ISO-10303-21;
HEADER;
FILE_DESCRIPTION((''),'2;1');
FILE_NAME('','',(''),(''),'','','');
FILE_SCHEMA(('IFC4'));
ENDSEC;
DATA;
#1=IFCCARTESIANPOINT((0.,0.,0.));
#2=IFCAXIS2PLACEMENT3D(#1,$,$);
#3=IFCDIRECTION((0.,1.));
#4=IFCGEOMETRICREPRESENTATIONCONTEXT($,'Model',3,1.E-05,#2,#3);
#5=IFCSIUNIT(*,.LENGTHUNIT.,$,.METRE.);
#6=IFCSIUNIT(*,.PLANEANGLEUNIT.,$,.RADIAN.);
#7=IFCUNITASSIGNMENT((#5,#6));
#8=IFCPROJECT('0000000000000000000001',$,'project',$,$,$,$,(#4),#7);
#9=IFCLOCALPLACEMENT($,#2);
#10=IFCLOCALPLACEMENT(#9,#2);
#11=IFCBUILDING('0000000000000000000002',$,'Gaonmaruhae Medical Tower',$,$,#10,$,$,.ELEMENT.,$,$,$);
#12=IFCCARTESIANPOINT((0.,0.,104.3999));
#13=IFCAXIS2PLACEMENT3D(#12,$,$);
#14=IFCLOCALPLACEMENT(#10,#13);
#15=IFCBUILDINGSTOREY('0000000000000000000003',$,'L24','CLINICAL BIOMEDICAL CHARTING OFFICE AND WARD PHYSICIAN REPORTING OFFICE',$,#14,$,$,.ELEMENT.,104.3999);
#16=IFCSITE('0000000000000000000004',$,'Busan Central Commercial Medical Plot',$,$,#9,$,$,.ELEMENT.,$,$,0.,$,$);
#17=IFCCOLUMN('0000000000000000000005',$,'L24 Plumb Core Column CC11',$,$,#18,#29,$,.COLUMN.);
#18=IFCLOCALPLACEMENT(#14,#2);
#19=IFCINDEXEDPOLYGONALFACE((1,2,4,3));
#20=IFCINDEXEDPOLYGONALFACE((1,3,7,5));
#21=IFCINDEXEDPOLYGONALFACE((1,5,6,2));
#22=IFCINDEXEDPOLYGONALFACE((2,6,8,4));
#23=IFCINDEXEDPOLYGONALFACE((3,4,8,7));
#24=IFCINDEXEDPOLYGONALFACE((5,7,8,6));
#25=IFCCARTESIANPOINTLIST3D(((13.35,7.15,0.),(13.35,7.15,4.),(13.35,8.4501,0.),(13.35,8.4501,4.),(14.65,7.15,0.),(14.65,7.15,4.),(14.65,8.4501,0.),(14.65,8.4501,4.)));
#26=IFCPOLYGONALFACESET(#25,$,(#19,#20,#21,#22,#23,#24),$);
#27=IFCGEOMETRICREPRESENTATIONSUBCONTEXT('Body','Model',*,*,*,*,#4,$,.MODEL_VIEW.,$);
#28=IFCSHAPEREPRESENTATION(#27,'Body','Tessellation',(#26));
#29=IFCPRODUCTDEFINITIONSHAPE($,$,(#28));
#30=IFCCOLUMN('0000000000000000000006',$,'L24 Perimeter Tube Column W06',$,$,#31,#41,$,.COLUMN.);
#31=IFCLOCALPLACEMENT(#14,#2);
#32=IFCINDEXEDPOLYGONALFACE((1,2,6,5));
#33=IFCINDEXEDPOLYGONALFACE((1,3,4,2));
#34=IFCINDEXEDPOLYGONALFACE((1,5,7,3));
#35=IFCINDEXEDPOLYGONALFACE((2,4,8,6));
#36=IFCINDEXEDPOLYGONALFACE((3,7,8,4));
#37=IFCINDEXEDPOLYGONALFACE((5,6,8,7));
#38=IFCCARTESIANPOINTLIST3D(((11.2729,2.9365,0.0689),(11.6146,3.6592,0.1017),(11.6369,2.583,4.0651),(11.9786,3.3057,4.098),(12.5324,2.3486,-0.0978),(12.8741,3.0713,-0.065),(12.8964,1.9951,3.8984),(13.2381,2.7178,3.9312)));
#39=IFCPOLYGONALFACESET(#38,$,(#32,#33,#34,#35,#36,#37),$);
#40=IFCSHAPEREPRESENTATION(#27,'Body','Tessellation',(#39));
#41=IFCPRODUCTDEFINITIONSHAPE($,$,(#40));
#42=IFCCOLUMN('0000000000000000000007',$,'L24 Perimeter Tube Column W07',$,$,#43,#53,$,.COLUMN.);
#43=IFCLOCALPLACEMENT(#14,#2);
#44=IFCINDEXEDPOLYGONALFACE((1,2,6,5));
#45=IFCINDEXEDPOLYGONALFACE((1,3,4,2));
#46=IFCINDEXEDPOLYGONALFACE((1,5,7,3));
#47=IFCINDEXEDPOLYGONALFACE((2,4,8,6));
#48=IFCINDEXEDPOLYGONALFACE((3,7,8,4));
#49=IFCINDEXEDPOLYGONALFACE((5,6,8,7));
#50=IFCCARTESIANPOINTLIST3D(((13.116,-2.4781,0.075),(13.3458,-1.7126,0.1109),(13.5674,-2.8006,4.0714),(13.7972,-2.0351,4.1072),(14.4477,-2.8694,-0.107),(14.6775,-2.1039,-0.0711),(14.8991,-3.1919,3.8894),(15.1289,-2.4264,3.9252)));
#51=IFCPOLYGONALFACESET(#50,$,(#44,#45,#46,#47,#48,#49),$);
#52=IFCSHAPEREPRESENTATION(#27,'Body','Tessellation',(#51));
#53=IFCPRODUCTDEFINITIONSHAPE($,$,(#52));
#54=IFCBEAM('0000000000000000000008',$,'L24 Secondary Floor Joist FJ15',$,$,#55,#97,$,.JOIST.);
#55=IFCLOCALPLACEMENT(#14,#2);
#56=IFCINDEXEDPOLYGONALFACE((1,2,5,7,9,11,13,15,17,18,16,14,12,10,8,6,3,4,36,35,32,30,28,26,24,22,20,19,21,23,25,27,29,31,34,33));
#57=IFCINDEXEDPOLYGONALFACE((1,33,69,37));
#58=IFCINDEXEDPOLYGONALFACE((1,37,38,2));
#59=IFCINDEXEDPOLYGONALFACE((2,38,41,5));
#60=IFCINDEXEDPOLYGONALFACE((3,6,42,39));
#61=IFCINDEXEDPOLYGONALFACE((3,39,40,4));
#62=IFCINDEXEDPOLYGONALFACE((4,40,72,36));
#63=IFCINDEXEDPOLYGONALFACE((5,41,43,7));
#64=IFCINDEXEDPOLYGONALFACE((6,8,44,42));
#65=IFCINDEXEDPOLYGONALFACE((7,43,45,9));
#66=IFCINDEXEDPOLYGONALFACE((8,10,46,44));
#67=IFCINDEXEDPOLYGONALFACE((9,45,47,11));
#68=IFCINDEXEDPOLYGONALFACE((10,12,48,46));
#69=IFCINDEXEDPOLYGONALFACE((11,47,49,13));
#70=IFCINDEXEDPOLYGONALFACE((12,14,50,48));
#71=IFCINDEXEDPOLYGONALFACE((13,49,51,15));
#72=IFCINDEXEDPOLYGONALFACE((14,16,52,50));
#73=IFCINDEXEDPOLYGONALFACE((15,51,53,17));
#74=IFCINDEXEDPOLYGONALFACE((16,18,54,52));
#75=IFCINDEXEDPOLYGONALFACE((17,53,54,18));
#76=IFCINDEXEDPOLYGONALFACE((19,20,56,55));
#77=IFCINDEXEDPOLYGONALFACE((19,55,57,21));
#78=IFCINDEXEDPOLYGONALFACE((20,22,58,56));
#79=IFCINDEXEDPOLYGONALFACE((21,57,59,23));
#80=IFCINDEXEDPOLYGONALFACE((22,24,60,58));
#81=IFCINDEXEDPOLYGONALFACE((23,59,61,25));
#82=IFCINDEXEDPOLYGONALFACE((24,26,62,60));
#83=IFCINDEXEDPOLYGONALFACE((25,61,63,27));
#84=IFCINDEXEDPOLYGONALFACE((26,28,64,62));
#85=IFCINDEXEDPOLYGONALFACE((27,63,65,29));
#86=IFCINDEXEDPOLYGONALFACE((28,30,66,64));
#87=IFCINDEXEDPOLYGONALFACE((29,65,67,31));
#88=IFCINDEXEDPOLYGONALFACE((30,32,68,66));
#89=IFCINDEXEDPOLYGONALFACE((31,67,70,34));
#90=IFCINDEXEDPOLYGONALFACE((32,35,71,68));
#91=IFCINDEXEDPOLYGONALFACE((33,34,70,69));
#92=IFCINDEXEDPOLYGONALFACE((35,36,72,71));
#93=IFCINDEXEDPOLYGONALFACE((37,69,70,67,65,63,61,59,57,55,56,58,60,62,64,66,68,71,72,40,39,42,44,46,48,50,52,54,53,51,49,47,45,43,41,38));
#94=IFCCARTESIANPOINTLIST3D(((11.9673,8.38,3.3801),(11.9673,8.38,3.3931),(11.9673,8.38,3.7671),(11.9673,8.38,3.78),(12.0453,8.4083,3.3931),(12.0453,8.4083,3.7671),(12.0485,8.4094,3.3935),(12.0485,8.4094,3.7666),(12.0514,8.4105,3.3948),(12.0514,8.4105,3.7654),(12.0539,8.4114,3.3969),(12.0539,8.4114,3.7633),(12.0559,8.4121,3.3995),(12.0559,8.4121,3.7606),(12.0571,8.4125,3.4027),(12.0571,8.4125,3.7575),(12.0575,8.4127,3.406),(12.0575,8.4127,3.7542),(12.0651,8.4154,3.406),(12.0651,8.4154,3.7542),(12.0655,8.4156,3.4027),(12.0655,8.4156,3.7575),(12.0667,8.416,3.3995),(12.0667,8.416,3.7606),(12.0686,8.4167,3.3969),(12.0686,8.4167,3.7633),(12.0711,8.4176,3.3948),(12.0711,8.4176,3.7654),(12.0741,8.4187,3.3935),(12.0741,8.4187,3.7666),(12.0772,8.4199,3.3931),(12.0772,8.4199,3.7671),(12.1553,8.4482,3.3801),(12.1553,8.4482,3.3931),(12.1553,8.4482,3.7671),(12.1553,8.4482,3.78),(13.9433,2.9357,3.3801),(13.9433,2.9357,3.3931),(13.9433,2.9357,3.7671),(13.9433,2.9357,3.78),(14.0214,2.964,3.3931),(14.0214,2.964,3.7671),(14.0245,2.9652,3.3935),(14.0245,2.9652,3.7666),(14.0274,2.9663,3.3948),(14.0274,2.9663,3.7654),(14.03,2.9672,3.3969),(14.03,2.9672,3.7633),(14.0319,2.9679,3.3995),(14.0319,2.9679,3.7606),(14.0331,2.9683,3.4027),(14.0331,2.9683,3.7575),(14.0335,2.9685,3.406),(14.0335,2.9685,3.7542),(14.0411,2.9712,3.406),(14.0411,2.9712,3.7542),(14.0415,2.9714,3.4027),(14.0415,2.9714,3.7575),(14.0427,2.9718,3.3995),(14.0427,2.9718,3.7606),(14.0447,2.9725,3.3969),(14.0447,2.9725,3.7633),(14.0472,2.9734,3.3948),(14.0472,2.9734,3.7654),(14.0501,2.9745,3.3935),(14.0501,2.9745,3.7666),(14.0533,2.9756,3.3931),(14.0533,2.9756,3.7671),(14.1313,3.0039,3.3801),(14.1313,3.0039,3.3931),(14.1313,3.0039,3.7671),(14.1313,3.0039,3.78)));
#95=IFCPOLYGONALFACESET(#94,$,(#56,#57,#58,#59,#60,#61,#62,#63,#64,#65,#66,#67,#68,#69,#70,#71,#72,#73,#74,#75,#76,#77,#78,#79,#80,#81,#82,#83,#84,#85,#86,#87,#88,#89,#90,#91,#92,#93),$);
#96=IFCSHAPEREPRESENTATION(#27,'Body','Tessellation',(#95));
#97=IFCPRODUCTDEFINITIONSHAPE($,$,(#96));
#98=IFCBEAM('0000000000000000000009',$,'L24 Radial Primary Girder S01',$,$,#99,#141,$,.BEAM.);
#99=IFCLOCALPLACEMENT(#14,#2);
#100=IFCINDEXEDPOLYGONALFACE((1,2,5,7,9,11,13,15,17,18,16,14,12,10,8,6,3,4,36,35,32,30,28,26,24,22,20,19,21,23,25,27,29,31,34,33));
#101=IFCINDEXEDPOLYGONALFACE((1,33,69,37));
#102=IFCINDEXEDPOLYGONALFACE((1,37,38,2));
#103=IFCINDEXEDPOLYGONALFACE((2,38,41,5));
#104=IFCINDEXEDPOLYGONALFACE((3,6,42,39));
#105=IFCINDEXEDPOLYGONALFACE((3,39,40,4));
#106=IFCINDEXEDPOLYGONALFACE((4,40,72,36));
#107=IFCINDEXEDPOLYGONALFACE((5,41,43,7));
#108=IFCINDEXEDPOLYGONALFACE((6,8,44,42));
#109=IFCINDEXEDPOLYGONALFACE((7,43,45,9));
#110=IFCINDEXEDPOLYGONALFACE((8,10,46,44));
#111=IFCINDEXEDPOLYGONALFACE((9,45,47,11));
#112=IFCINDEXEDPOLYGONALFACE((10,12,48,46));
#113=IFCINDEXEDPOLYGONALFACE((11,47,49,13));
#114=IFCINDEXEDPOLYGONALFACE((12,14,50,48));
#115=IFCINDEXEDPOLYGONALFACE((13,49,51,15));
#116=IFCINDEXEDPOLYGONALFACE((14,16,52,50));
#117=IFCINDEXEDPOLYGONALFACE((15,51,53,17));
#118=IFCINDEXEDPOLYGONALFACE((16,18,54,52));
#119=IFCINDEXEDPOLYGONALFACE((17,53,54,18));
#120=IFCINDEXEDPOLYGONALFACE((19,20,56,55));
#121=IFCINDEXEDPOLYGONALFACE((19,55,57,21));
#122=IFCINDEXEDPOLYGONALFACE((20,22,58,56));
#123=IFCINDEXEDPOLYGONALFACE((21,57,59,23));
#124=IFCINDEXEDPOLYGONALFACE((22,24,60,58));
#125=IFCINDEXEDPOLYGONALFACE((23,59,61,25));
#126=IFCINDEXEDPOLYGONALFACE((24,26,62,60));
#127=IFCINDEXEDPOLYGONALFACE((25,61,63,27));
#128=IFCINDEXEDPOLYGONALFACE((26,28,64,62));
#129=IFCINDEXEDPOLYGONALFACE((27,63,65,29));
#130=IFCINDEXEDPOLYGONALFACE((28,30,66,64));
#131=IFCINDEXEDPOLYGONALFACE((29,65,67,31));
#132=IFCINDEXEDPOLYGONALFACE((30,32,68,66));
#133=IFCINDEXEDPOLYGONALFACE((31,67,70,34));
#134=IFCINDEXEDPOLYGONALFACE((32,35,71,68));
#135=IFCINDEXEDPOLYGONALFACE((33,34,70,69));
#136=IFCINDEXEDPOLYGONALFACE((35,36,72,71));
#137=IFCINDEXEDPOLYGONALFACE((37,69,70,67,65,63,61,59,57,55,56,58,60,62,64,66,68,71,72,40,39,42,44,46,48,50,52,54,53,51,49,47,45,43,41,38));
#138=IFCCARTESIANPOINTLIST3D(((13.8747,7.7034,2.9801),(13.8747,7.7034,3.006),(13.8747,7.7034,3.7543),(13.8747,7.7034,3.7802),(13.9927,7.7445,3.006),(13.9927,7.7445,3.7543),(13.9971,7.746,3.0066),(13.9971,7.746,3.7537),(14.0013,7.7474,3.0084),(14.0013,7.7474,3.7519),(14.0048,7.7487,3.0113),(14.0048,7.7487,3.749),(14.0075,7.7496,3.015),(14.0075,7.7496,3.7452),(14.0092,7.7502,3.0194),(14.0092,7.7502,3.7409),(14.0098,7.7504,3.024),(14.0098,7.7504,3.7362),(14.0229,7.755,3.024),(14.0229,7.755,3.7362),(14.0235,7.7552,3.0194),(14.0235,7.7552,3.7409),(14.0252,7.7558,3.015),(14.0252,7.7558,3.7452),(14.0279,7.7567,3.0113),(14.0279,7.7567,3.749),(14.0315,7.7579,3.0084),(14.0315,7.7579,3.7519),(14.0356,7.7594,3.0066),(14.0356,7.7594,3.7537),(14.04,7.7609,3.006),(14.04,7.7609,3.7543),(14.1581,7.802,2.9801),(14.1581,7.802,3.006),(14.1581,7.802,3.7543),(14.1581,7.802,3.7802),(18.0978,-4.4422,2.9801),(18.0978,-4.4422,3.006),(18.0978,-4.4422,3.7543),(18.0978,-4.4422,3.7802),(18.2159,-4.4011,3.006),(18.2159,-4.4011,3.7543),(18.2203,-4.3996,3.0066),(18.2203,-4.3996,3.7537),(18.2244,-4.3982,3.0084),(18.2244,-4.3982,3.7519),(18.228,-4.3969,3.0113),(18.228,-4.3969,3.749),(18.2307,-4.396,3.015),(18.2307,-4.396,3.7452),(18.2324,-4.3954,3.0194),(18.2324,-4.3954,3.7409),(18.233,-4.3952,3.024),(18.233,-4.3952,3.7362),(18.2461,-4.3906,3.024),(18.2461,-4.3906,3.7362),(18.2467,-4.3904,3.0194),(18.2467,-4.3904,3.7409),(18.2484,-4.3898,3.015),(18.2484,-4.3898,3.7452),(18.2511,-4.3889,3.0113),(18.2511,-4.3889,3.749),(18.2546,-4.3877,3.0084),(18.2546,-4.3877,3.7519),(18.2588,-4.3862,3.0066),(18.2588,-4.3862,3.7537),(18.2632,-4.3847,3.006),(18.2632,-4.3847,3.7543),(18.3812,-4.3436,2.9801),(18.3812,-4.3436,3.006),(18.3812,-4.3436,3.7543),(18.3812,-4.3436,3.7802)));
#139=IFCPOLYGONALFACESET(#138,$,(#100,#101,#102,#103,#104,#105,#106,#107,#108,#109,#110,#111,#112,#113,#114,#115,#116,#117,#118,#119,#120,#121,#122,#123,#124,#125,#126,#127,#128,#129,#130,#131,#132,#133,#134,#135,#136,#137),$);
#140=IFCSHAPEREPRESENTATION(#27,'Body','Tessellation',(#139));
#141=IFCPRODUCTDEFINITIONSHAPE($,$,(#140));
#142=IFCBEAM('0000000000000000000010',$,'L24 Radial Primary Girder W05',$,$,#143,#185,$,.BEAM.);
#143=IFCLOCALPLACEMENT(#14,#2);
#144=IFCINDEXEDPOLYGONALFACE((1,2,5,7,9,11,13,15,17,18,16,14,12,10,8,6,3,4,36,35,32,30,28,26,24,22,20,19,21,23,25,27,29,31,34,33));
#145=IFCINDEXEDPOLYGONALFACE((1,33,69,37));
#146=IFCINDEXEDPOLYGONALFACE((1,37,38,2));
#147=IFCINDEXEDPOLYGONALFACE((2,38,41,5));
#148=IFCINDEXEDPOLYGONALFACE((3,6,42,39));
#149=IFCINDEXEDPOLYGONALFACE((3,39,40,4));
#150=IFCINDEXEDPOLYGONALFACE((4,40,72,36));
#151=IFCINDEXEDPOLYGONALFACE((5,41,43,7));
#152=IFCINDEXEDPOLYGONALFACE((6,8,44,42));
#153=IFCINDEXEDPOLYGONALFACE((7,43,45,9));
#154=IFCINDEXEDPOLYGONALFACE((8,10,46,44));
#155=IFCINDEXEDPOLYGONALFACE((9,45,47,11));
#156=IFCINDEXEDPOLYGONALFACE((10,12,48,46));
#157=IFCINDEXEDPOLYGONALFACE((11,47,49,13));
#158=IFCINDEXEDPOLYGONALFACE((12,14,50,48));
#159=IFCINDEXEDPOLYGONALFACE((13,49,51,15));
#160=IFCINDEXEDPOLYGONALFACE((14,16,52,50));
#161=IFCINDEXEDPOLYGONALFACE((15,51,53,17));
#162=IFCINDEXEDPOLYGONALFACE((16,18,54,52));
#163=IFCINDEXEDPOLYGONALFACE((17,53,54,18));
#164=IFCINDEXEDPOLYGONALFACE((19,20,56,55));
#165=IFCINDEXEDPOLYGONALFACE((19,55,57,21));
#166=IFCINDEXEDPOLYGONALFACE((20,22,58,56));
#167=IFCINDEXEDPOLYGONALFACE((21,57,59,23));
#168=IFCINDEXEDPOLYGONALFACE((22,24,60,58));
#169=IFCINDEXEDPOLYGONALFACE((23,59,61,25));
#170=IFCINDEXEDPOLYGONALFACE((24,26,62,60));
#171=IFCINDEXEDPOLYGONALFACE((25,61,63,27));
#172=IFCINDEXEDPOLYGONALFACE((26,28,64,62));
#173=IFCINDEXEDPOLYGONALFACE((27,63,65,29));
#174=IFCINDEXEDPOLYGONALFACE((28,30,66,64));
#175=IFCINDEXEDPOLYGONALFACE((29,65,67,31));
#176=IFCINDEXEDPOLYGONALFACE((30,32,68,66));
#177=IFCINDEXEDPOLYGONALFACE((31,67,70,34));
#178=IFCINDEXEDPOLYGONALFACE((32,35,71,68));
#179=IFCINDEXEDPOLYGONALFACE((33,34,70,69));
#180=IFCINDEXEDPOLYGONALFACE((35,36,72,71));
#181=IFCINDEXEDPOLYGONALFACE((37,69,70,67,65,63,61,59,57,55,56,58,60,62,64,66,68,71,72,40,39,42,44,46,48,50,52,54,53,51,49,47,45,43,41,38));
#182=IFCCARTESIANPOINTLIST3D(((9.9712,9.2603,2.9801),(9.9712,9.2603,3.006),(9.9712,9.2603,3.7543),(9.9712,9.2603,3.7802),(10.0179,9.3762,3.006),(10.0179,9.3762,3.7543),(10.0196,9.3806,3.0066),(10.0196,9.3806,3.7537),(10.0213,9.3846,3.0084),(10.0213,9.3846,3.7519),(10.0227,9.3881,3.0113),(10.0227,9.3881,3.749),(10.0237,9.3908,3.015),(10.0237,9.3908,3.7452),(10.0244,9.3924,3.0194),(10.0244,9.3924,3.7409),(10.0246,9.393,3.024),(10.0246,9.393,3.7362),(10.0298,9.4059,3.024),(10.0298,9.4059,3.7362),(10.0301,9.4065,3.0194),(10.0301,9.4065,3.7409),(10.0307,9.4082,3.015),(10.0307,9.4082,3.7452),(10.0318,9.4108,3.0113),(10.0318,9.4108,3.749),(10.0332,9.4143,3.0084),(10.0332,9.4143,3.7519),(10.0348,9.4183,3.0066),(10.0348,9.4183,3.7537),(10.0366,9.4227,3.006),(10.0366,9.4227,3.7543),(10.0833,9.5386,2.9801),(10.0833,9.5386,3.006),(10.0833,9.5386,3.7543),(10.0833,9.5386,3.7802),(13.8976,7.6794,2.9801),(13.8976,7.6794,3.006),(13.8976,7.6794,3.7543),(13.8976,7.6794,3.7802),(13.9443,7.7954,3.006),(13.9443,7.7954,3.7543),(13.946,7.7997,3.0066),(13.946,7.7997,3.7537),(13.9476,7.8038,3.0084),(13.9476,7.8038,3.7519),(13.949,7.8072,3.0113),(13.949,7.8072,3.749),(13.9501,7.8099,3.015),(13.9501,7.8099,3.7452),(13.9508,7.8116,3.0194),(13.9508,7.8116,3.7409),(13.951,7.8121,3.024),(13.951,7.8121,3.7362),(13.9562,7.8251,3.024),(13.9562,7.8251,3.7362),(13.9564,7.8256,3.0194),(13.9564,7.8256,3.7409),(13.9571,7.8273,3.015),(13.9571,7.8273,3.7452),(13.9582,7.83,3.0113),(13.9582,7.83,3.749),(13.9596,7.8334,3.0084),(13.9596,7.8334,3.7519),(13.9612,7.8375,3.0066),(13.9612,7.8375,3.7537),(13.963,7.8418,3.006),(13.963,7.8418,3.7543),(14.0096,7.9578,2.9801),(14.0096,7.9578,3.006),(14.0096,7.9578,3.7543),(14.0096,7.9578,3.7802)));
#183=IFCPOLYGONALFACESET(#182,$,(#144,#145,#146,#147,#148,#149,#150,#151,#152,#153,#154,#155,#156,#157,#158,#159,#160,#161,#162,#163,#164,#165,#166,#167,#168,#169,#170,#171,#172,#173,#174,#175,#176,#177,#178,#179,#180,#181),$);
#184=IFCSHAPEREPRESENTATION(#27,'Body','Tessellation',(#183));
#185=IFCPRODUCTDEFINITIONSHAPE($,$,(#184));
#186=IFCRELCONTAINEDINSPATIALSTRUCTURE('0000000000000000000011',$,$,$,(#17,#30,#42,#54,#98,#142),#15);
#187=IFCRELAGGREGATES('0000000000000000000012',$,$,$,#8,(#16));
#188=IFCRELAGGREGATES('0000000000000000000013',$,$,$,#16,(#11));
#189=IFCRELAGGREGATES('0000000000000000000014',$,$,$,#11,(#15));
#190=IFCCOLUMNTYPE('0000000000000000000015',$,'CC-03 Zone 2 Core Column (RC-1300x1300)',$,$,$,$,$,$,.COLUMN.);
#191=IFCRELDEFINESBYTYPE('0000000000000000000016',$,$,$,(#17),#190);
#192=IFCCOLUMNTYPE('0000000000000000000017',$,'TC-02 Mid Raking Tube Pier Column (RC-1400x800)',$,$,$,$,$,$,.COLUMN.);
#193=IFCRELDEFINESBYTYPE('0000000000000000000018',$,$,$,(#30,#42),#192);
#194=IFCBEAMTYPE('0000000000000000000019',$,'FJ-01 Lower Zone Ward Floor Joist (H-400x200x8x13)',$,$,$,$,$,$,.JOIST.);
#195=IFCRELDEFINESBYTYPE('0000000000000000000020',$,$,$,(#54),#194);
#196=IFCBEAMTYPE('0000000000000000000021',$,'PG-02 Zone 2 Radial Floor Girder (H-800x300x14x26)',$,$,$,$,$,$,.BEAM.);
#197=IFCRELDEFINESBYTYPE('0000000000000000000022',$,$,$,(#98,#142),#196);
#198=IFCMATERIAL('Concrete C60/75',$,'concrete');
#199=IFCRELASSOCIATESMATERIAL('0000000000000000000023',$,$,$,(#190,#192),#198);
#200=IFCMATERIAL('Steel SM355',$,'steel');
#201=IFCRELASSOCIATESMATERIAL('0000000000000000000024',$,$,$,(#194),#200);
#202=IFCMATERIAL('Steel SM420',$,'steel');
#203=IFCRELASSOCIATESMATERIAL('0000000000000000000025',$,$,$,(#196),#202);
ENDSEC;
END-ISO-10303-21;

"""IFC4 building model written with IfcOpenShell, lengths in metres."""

from ifc_helpers import new_model, si_unit, direction, frame, origin, origin_2d, place, context, subcontext, project, spatial, rectangle, i_section, extrude, material, material_profile, profile_set, type_object, element, save


model = new_model("IFC4")

# Units and contexts
model_context = context("Model", 3, precision=1e-05, world=origin(), true_north=direction((0.0, 1.0)))
body_context = subcontext(model_context, "Body", "Model", "MODEL_VIEW")
ifc_project = project(units=[si_unit("LENGTHUNIT", "METRE"), si_unit("PLANEANGLEUNIT", "RADIAN")], contexts=[model_context])

# Site, building, storey
site_placement = place(None, origin())
site = spatial("IfcSite", under=ifc_project, at=site_placement, Name="Busan Central Commercial Medical Plot", CompositionType="ELEMENT", RefElevation=0.0)
building_placement = place(site_placement, origin())
building = spatial("IfcBuilding", under=site, at=building_placement, Name="Gaonmaruhae Medical Tower", CompositionType="ELEMENT")
storey_placement = place(building_placement, frame((0.0, 0.0, 104.3999)))
storey = spatial("IfcBuildingStorey", under=building, at=storey_placement, Name="L24", Description="CLINICAL BIOMEDICAL CHARTING OFFICE AND WARD PHYSICIAN REPORTING OFFICE", CompositionType="ELEMENT", Elevation=104.3999)

# Columns
ifc_material_1 = material(Name="Concrete C60/75", Category="concrete")
ifc_material_profile_1 = material_profile(ifc_material_1, rectangle(XDim=1.3, YDim=1.3, at=origin_2d()), Name="RC-1300x1300")
ifc_profile_set_1 = profile_set([ifc_material_profile_1], Name="Concrete C60/75")
column_type_1 = type_object("IfcColumnType", Name="CC-03 Zone 2 Core Column (RC-1300x1300)", PredefinedType="COLUMN", material=ifc_profile_set_1)
column_1_placement = place(storey_placement, frame((14.0, 7.8, 0.0), z_axis=(0.0, 0.0, 1.0), x_axis=(1.0, 0.0, 0.0)))
element("IfcColumn", 1, at=column_1_placement, inside=storey, type_object=column_type_1, Name="L24 Plumb Core Column CC11", PredefinedType="COLUMN", context=body_context, shape_type="SweptSolid", body=[
    extrude(rectangle(XDim=1.3, YDim=1.3, at=origin_2d()), origin(), (0.0, 0.0, 1.0), 4.0),
])
ifc_material_profile_2 = material_profile(ifc_material_1, rectangle(XDim=1.3999, YDim=0.8, at=origin_2d()), Name="RC-1400x800")
ifc_profile_set_2 = profile_set([ifc_material_profile_2], Name="Concrete C60/75")
column_type_2 = type_object("IfcColumnType", Name="TC-02 Mid Raking Tube Pier Column (RC-1400x800)", PredefinedType="COLUMN", material=ifc_profile_set_2)
column_2_placement = place(storey_placement, frame((12.0735, 3.0039, 0.002), z_axis=(0.090361, -0.087755, 0.992035), x_axis=(-0.899708, 0.419929, 0.119098)))
element("IfcColumn", 2, at=column_2_placement, inside=storey, type_object=column_type_2, Name="L24 Perimeter Tube Column W06", PredefinedType="COLUMN", context=body_context, shape_type="SweptSolid", body=[
    extrude(rectangle(XDim=1.3999, YDim=0.8, at=origin_2d()), origin(), (0.0, 0.0, 1.0), 4.0283),
])
column_3_placement = place(storey_placement, frame((13.8967, -2.291, 0.002), z_axis=(0.111884, -0.079935, 0.990501), x_axis=(-0.951296, 0.279523, 0.130014)))
element("IfcColumn", 3, at=column_3_placement, inside=storey, type_object=column_type_2, Name="L24 Perimeter Tube Column W07", PredefinedType="COLUMN", context=body_context, shape_type="SweptSolid", body=[
    extrude(rectangle(XDim=1.3999, YDim=0.8, at=origin_2d()), origin(), (0.0, 0.0, 1.0), 4.0347),
])

# Beams
ifc_material_2 = material(Name="Steel SM355", Category="steel")
ifc_material_profile_3 = material_profile(ifc_material_2, i_section(OverallWidth=0.2, OverallDepth=0.3999, WebThickness=0.0081, FlangeThickness=0.0129, FilletRadius=0.0129, at=origin_2d()), Name="H-400x200x8x13")
ifc_profile_set_3 = profile_set([ifc_material_profile_3], Name="Steel SM355")
beam_type_1 = type_object("IfcBeamType", Name="FJ-01 Lower Zone Ward Floor Joist (H-400x200x8x13)", PredefinedType="JOIST", material=ifc_profile_set_3)
beam_1_placement = place(storey_placement, frame((12.0613, 8.4141, 3.5801), z_axis=(0.341181, -0.939998, 0.0), x_axis=(0.939998, 0.341181, 0.0)))
element("IfcBeam", 4, at=beam_1_placement, inside=storey, type_object=beam_type_1, Name="L24 Secondary Floor Joist FJ15", PredefinedType="JOIST", context=body_context, shape_type="SweptSolid", body=[
    extrude(i_section(OverallWidth=0.2, OverallDepth=0.3999, WebThickness=0.0081, FlangeThickness=0.0129, FilletRadius=0.0129, at=origin_2d()), origin(), (0.0, 0.0, 1.0), 5.7917),
])
ifc_material_3 = material(Name="Steel SM420", Category="steel")
ifc_material_profile_4 = material_profile(ifc_material_3, i_section(OverallWidth=0.3, OverallDepth=0.8, WebThickness=0.0139, FlangeThickness=0.0259, FilletRadius=0.0181, at=origin_2d()), Name="H-800x300x14x26")
ifc_profile_set_4 = profile_set([ifc_material_profile_4], Name="Steel SM420")
beam_type_2 = type_object("IfcBeamType", Name="PG-02 Zone 2 Radial Floor Girder (H-800x300x14x26)", PredefinedType="BEAM", material=ifc_profile_set_4)
beam_2_placement = place(storey_placement, frame((14.0164, 7.7527, 3.3801), z_axis=(0.328425, -0.94453, 0.0), x_axis=(0.94453, 0.328425, 0.0)))
element("IfcBeam", 5, at=beam_2_placement, inside=storey, type_object=beam_type_2, Name="L24 Radial Primary Girder S01", PredefinedType="BEAM", context=body_context, shape_type="SweptSolid", body=[
    extrude(i_section(OverallWidth=0.3, OverallDepth=0.8, WebThickness=0.0139, FlangeThickness=0.0259, FilletRadius=0.0181, at=origin_2d()), origin(), (0.0, 0.0, 1.0), 12.8589),
])
beam_3_placement = place(storey_placement, frame((13.9536, 7.8186, 3.3801), z_axis=(-0.927635, 0.373488, 0.0), x_axis=(-0.373488, -0.927635, 0.0)))
element("IfcBeam", 6, at=beam_3_placement, inside=storey, type_object=beam_type_2, Name="L24 Radial Primary Girder W05", PredefinedType="BEAM", context=body_context, shape_type="SweptSolid", body=[
    extrude(i_section(OverallWidth=0.3, OverallDepth=0.8, WebThickness=0.0139, FlangeThickness=0.0259, FilletRadius=0.0181, at=origin_2d()), origin(), (0.0, 0.0, 1.0), 4.2327),
])

save(model, "model.ifc")
